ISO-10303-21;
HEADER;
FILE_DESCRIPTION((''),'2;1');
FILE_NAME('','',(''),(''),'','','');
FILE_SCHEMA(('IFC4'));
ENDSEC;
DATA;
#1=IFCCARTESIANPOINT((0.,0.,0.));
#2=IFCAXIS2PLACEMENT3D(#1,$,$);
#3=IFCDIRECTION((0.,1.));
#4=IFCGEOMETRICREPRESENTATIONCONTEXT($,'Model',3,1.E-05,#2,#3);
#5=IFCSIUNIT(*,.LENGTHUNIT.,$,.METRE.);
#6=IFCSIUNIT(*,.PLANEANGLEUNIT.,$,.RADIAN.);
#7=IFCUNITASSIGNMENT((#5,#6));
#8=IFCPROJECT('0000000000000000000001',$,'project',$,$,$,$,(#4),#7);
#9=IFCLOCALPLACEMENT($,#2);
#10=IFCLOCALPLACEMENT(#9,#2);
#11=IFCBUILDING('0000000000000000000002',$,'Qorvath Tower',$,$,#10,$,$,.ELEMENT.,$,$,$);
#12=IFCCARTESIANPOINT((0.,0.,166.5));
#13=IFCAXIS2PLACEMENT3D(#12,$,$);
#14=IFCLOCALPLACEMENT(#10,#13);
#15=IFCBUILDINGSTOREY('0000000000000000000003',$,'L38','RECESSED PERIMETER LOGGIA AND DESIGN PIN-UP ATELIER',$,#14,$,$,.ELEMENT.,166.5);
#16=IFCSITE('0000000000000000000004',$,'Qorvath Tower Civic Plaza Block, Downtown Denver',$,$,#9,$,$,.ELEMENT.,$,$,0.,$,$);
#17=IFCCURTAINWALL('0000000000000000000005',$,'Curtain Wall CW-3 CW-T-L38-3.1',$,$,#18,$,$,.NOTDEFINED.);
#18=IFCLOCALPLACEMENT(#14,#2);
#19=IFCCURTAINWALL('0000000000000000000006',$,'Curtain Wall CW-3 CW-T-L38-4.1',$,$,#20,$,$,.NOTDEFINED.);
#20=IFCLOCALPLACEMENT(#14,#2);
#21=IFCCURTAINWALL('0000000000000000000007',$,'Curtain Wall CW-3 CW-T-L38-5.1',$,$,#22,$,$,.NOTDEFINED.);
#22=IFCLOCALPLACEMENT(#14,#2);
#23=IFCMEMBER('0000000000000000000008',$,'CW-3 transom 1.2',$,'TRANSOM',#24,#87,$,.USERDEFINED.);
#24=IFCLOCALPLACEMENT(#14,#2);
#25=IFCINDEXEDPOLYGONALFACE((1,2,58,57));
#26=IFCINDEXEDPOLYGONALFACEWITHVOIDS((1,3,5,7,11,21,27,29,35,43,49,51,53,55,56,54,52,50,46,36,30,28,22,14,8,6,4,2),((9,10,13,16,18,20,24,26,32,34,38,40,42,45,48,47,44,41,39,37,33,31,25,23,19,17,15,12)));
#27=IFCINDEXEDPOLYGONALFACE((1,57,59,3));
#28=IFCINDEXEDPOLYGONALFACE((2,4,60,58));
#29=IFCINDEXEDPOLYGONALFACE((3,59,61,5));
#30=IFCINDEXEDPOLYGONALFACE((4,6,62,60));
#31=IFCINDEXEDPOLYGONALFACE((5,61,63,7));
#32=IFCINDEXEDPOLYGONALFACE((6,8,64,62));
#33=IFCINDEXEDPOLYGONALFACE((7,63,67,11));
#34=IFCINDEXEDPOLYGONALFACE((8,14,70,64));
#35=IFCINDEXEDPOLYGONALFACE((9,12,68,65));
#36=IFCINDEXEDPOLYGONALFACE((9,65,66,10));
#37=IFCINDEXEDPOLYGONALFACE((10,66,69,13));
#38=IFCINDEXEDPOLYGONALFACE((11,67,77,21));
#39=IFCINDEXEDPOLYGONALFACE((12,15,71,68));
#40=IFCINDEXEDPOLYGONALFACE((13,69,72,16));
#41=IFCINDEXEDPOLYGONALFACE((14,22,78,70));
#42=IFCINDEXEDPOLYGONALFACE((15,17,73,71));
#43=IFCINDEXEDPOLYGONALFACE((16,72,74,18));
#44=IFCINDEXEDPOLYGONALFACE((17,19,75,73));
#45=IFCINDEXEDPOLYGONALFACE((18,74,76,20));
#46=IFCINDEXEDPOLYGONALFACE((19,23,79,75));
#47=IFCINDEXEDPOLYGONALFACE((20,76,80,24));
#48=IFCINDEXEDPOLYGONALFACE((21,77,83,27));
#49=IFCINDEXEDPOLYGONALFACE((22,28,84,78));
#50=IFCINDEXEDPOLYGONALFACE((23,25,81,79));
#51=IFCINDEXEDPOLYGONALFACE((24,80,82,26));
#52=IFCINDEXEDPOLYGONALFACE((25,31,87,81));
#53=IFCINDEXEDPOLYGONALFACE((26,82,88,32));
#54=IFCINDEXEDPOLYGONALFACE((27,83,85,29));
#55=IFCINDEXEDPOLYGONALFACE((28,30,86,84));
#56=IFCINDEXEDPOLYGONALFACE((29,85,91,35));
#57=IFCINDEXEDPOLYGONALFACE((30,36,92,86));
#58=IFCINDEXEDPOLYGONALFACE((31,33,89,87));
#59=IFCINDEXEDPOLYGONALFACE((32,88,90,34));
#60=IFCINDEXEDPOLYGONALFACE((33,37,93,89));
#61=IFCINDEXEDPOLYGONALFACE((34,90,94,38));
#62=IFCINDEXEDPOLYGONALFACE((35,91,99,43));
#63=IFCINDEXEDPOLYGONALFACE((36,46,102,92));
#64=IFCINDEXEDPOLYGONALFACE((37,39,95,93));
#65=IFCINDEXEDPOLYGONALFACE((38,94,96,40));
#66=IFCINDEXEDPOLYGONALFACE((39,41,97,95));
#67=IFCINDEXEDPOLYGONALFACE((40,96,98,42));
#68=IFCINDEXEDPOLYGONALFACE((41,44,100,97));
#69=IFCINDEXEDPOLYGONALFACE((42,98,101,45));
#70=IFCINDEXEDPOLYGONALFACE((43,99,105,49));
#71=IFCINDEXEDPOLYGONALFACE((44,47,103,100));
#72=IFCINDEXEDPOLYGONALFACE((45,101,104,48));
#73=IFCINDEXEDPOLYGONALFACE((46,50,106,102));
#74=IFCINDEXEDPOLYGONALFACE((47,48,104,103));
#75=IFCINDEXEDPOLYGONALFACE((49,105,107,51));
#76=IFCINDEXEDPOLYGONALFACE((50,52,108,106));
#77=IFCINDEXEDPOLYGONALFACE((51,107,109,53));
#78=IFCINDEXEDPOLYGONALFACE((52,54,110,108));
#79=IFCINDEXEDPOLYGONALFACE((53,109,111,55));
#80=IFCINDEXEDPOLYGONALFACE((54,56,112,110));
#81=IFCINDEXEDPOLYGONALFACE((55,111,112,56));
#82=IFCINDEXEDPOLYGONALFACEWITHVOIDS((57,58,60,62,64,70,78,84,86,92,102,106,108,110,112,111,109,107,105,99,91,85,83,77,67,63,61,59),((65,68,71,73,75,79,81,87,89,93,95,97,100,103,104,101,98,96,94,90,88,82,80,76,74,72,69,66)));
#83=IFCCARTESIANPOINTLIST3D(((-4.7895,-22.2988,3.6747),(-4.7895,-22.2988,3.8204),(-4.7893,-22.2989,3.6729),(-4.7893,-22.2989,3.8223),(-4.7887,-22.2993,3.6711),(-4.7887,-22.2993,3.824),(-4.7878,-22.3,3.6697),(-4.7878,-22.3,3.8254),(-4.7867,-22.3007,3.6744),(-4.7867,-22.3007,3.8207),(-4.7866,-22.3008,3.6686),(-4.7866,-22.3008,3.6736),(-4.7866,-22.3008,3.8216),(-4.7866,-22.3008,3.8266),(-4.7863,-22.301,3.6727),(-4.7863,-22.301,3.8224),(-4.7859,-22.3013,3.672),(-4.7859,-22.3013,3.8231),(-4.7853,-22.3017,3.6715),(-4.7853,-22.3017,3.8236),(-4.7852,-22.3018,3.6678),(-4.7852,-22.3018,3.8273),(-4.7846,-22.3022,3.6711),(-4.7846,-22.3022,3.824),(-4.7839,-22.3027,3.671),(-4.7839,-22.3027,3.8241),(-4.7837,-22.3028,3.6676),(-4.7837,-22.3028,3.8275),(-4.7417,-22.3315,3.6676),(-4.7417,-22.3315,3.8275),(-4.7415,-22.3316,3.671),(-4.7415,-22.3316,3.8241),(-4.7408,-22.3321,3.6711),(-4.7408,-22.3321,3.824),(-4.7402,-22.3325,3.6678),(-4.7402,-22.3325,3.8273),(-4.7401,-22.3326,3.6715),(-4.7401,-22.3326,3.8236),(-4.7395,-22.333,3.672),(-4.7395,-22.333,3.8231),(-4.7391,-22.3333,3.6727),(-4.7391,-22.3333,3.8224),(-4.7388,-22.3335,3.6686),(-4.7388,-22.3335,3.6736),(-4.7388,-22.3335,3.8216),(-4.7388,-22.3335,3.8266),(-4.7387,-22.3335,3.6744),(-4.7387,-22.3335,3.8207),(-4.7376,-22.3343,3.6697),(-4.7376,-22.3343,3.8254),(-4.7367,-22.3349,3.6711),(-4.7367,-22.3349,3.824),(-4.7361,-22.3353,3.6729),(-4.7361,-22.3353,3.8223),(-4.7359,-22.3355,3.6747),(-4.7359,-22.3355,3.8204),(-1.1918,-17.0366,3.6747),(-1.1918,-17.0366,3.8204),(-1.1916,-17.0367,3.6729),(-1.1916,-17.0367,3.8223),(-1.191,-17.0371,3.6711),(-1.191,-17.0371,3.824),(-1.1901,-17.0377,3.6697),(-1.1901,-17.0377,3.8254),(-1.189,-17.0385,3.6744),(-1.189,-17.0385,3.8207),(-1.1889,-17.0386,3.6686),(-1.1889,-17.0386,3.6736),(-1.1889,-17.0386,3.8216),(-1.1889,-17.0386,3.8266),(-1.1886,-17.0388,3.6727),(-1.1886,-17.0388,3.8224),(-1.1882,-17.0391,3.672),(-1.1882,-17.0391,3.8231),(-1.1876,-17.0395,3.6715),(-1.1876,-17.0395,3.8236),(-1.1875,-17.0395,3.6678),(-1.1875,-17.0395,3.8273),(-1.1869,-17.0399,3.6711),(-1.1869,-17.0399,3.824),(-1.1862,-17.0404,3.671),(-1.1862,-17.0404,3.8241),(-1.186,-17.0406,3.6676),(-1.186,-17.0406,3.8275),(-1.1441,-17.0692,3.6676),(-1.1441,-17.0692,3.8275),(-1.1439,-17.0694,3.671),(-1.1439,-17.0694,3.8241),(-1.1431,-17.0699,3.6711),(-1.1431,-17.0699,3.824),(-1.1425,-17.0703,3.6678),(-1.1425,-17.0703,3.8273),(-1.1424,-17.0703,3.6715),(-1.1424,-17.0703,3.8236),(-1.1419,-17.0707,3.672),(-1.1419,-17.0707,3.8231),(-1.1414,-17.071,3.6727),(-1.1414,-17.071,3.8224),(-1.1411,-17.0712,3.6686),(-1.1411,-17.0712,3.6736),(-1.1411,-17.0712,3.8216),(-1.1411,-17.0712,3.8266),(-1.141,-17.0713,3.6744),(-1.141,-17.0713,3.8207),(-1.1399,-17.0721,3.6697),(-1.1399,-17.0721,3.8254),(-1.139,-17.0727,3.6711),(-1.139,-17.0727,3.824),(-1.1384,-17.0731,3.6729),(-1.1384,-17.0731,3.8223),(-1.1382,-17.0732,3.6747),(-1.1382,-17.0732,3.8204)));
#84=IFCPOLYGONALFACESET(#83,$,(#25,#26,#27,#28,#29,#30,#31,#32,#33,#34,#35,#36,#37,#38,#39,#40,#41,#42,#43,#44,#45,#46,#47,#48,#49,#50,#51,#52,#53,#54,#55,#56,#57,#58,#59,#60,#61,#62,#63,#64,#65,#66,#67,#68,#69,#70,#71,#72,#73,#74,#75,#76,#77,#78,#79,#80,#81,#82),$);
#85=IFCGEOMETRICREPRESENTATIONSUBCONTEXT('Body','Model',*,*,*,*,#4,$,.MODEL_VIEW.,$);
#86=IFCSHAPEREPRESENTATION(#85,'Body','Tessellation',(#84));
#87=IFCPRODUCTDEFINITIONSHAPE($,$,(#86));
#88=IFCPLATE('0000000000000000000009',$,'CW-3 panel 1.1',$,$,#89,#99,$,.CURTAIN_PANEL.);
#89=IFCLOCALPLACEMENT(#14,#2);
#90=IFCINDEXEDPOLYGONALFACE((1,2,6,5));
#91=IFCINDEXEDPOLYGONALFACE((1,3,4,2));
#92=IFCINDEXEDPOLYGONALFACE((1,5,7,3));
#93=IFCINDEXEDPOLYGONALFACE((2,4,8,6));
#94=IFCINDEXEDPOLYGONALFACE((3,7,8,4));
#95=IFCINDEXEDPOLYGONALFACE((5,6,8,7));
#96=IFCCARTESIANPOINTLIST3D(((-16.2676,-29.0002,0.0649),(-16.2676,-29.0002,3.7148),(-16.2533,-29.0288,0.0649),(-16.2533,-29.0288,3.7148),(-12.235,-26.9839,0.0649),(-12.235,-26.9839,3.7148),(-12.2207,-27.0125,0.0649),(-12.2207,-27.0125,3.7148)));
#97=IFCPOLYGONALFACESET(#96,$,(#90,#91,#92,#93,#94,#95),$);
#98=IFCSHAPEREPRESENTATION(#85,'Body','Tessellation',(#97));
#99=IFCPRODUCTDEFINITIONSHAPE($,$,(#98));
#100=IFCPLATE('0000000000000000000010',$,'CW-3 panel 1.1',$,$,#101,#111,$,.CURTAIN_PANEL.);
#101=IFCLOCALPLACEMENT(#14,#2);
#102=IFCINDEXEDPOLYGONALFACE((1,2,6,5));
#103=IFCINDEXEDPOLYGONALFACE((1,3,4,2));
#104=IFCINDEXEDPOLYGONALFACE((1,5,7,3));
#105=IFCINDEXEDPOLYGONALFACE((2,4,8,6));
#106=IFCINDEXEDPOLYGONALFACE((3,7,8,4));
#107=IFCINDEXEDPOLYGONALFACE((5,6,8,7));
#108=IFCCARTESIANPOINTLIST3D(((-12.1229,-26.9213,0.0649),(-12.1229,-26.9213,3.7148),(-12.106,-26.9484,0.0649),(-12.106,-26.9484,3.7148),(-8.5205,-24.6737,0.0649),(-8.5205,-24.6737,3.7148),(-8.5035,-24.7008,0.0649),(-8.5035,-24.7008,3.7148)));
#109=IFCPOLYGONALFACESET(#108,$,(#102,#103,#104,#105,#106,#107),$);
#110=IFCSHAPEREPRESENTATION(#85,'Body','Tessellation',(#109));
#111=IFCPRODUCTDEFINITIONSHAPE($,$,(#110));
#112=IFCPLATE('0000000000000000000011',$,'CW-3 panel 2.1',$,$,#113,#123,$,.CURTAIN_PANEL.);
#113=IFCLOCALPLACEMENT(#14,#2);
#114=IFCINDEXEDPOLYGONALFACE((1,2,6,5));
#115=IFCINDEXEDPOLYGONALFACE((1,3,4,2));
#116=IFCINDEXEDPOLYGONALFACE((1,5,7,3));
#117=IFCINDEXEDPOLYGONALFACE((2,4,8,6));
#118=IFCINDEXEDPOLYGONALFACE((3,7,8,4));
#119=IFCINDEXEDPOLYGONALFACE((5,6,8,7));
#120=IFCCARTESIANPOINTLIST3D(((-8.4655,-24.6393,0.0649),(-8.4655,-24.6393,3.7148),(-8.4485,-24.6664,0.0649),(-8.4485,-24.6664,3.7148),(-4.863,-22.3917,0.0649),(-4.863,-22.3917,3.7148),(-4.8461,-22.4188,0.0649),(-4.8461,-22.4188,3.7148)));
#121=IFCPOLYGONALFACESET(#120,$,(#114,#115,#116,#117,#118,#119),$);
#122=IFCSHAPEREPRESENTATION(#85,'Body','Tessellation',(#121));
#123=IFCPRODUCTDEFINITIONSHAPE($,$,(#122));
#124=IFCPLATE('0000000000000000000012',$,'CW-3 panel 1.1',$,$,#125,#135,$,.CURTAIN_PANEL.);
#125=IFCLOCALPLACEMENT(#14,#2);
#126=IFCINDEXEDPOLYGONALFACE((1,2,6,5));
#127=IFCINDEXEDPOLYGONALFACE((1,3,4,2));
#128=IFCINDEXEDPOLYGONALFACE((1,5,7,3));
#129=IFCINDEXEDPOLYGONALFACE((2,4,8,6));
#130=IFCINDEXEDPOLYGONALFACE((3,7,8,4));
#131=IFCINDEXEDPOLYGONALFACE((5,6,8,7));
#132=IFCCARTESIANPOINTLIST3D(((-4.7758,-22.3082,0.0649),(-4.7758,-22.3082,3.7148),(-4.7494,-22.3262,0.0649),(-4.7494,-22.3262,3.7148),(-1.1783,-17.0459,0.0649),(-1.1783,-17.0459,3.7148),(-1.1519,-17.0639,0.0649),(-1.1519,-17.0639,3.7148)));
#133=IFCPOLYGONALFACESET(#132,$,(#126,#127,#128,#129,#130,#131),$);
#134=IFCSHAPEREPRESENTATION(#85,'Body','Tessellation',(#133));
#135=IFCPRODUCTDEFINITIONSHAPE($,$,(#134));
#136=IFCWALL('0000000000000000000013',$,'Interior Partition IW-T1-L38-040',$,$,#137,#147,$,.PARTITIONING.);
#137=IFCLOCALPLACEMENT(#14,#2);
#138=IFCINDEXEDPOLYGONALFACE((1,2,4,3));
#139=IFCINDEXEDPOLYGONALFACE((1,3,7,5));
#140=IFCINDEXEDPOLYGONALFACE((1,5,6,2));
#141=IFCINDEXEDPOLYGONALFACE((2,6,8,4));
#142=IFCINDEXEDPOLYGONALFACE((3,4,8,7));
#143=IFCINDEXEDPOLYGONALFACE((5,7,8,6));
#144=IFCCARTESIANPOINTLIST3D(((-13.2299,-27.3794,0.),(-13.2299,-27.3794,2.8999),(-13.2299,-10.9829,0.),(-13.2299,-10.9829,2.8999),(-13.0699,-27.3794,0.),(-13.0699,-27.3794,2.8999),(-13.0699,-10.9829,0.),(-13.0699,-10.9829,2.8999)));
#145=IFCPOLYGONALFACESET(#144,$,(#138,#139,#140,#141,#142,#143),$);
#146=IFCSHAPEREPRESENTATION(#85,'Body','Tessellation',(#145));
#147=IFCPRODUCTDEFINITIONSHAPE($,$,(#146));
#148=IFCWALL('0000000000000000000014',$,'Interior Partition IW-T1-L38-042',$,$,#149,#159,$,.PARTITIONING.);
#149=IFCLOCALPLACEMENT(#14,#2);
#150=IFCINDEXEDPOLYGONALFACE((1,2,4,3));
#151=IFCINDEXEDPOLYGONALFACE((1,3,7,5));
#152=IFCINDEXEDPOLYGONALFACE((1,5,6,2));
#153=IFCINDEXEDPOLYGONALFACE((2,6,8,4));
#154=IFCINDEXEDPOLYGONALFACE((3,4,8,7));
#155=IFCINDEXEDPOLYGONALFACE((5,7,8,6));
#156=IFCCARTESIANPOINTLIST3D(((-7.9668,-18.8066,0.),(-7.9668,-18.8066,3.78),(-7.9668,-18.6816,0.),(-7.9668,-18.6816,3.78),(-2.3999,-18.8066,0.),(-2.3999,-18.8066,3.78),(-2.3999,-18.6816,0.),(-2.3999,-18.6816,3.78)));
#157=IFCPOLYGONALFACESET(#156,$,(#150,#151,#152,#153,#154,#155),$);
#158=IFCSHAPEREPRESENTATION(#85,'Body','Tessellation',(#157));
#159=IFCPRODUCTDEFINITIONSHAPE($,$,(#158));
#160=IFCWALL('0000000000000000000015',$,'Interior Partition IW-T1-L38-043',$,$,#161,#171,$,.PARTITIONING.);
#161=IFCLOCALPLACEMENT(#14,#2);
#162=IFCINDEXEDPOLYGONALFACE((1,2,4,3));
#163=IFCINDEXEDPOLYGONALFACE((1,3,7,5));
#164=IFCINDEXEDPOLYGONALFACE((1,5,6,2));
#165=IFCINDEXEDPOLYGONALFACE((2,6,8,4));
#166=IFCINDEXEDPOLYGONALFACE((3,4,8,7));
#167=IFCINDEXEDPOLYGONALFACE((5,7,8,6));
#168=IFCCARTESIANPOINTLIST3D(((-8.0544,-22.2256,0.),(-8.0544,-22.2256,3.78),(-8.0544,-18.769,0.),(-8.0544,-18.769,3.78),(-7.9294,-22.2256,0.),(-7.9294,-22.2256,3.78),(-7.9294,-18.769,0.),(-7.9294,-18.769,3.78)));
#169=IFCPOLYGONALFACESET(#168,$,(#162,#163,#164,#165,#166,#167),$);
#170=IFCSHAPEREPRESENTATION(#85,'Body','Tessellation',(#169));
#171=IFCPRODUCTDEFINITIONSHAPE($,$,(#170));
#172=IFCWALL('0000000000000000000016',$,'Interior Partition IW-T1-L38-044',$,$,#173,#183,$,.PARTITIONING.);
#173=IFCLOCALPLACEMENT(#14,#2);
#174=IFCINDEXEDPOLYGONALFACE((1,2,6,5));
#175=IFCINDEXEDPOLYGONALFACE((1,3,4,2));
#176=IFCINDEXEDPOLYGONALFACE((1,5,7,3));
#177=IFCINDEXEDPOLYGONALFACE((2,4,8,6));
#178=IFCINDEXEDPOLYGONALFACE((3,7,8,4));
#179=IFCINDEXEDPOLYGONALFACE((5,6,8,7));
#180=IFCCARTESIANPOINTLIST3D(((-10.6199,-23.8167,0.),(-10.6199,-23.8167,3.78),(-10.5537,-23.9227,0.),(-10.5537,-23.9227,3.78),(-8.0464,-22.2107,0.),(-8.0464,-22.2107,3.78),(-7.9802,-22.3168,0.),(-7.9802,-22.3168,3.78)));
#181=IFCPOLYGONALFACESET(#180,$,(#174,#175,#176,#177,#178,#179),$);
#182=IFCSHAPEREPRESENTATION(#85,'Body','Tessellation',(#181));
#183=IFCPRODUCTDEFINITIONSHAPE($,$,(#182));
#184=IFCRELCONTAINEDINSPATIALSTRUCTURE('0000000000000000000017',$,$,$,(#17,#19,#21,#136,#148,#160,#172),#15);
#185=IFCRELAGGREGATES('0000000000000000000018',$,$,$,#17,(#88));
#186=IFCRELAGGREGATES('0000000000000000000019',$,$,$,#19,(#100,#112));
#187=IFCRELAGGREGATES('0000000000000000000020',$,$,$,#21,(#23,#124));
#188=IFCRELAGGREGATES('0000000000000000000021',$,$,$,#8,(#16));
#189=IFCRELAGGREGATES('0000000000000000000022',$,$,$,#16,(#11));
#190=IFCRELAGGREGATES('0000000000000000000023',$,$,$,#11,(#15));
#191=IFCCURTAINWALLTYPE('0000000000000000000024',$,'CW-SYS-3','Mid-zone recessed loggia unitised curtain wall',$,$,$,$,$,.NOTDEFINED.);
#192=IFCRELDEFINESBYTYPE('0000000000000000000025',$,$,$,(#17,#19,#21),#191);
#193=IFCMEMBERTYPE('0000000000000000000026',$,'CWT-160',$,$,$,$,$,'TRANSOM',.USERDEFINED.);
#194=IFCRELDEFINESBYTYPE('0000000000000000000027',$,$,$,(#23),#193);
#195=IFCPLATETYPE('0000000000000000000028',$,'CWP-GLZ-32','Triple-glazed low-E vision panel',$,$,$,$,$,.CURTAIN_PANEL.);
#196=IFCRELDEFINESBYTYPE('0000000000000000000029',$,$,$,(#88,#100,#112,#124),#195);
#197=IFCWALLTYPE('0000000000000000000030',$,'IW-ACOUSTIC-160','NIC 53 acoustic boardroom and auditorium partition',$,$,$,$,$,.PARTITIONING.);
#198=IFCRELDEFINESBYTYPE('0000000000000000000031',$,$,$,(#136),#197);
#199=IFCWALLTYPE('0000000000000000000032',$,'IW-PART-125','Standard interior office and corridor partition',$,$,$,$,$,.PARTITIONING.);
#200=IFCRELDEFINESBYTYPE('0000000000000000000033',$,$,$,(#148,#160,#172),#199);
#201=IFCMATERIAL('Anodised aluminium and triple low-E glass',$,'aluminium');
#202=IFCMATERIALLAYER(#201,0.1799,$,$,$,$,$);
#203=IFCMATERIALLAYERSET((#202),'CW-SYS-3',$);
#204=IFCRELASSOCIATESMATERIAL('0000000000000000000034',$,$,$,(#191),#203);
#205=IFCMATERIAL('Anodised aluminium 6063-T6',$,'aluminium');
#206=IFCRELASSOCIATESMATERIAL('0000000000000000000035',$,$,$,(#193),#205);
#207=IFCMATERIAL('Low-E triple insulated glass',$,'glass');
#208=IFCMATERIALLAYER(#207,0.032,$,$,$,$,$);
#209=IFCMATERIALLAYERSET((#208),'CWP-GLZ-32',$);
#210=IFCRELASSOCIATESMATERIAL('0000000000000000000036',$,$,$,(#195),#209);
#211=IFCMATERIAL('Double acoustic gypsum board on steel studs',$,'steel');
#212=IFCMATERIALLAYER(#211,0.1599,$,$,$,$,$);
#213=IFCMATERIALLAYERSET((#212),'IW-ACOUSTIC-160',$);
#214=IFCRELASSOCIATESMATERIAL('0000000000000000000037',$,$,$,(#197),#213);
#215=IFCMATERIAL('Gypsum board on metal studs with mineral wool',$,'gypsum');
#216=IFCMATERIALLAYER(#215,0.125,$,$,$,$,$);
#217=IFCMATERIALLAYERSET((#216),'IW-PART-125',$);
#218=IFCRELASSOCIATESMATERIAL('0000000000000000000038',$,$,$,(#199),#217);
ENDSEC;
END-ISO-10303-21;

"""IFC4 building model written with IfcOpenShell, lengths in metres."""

from ifc_helpers import new_model, si_unit, direction, frame, frame_2d, origin, origin_2d, place, context, subcontext, project, spatial, rectangle, hollow_rectangle, extrude, material, layer, layer_set, material_profile, profile_set, type_object, element, aggregate, save


model = new_model("IFC4")

# Units and contexts
model_context = context("Model", 3, precision=1e-05, world=origin(), true_north=direction((0.0, 1.0)))
body_context = subcontext(model_context, "Body", "Model", "MODEL_VIEW")
ifc_project = project(units=[si_unit("LENGTHUNIT", "METRE"), si_unit("PLANEANGLEUNIT", "RADIAN")], contexts=[model_context])

# Site, building, storey
site_placement = place(None, origin())
site = spatial("IfcSite", under=ifc_project, at=site_placement, Name="Qorvath Tower Civic Plaza Block, Downtown Denver", CompositionType="ELEMENT", RefElevation=0.0)
building_placement = place(site_placement, origin())
building = spatial("IfcBuilding", under=site, at=building_placement, Name="Qorvath Tower", CompositionType="ELEMENT")
storey_placement = place(building_placement, frame((0.0, 0.0, 166.5)))
storey = spatial("IfcBuildingStorey", under=building, at=storey_placement, Name="L38", Description="RECESSED PERIMETER LOGGIA AND DESIGN PIN-UP ATELIER", CompositionType="ELEMENT", Elevation=166.5)

# Shared definitions
ifc_material_1 = material(Name="Anodised aluminium and triple low-E glass", Category="aluminium")
ifc_layer_1 = layer(ifc_material_1, 0.1799)
ifc_layer_set_1 = layer_set([ifc_layer_1], Name="CW-SYS-3")
curtain_wall_type = type_object("IfcCurtainWallType", Name="CW-SYS-3", Description="Mid-zone recessed loggia unitised curtain wall", PredefinedType="NOTDEFINED", material=ifc_layer_set_1)

# Curtain walls
curtain_wall_1_placement = place(storey_placement, origin())
curtain_wall_1 = element("IfcCurtainWall", 1, at=curtain_wall_1_placement, inside=storey, type_object=curtain_wall_type, Name="Curtain Wall CW-3 CW-T-L38-3.1", PredefinedType="NOTDEFINED")
curtain_wall_2_placement = place(storey_placement, origin())
curtain_wall_2 = element("IfcCurtainWall", 2, at=curtain_wall_2_placement, inside=storey, type_object=curtain_wall_type, Name="Curtain Wall CW-3 CW-T-L38-4.1", PredefinedType="NOTDEFINED")

# Curtain wall
curtain_wall_3_placement = place(storey_placement, origin())
curtain_wall_3 = element("IfcCurtainWall", 3, at=curtain_wall_3_placement, inside=storey, type_object=curtain_wall_type, Name="Curtain Wall CW-3 CW-T-L38-5.1", PredefinedType="NOTDEFINED")

# Member
ifc_material_2 = material(Name="Anodised aluminium 6063-T6", Category="aluminium")
ifc_material_profile_1 = material_profile(ifc_material_2, hollow_rectangle(XDim=0.0649, YDim=0.1599, WallThickness=0.0034, InnerFilletRadius=0.0034, OuterFilletRadius=0.0071, at=origin_2d()), Name="CWT 160x65")
ifc_profile_set_1 = profile_set([ifc_material_profile_1], Name="Anodised aluminium 6063-T6")
member_type_1 = type_object("IfcMemberType", Name="CWT-160", ElementType="TRANSOM", PredefinedType="USERDEFINED", material=ifc_profile_set_1)
member_1_placement = place(storey_placement, frame((-4.7627, -22.3171, 3.7476), z_axis=(0.564385, 0.825512, 0.0), x_axis=(-0.825512, 0.564385, 0.0)))
member_1 = element("IfcMember", 4, at=member_1_placement, type_object=member_type_1, Name="CW-3 transom 1.2", ObjectType="TRANSOM", PredefinedType="USERDEFINED", context=body_context, shape_type="SweptSolid", body=[
    extrude(hollow_rectangle(XDim=0.0649, YDim=0.1599, WallThickness=0.0034, InnerFilletRadius=0.0034, OuterFilletRadius=0.0071, at=origin_2d()), origin(), (0.0, 0.0, 1.0), 6.3745),
])

# Plates
ifc_material_3 = material(Name="Low-E triple insulated glass", Category="glass")
ifc_layer_2 = layer(ifc_material_3, 0.032)
ifc_layer_set_2 = layer_set([ifc_layer_2], Name="CWP-GLZ-32")
plate_type = type_object("IfcPlateType", Name="CWP-GLZ-32", Description="Triple-glazed low-E vision panel", PredefinedType="CURTAIN_PANEL", material=ifc_layer_set_2)
plate_1_placement = place(storey_placement, frame((-14.2441, -28.0063, 0.0649), z_axis=(0.0, 0.0, 1.0), x_axis=(0.894423, 0.447222, 0.0)))
plate_1 = element("IfcPlate", 5, at=plate_1_placement, type_object=plate_type, Name="CW-3 panel 1.1", PredefinedType="CURTAIN_PANEL", context=body_context, shape_type="SweptSolid", body=[
    extrude(rectangle(XDim=4.5085, YDim=0.032, at=origin_2d()), origin(), (0.0, 0.0, 1.0), 3.6499),
])
aggregate(curtain_wall_1, [plate_1])
plate_2_placement = place(storey_placement, frame((-10.3132, -25.811, 0.0649), z_axis=(0.0, 0.0, 1.0), x_axis=(0.848417, 0.529328, 0.0)))
plate_2 = element("IfcPlate", 6, at=plate_2_placement, type_object=plate_type, Name="CW-3 panel 1.1", PredefinedType="CURTAIN_PANEL", context=body_context, shape_type="SweptSolid", body=[
    extrude(rectangle(XDim=4.2461, YDim=0.032, at=origin_2d()), origin(), (0.0, 0.0, 1.0), 3.6499),
])
plate_3_placement = place(storey_placement, frame((-6.6558, -23.5291, 0.0649), z_axis=(0.0, 0.0, 1.0), x_axis=(0.848417, 0.529328, 0.0)))
plate_3 = element("IfcPlate", 7, at=plate_3_placement, type_object=plate_type, Name="CW-3 panel 2.1", PredefinedType="CURTAIN_PANEL", context=body_context, shape_type="SweptSolid", body=[
    extrude(rectangle(XDim=4.2461, YDim=0.032, at=origin_2d()), origin(), (0.0, 0.0, 1.0), 3.6499),
])
aggregate(curtain_wall_2, [plate_2, plate_3])
plate_4_placement = place(storey_placement, frame((-2.9639, -19.686, 0.0649), z_axis=(0.0, 0.0, 1.0), x_axis=(0.564366, 0.825525, 0.0)))
plate_4 = element("IfcPlate", 8, at=plate_4_placement, type_object=plate_type, Name="CW-3 panel 1.1", PredefinedType="CURTAIN_PANEL", context=body_context, shape_type="SweptSolid", body=[
    extrude(rectangle(XDim=6.3745, YDim=0.032, at=origin_2d()), origin(), (0.0, 0.0, 1.0), 3.6499),
])
aggregate(curtain_wall_3, [member_1, plate_4])

# Walls
ifc_material_4 = material(Name="Double acoustic gypsum board on steel studs", Category="steel")
ifc_layer_3 = layer(ifc_material_4, 0.1599)
ifc_layer_set_3 = layer_set([ifc_layer_3], Name="IW-ACOUSTIC-160")
wall_type_1 = type_object("IfcWallType", Name="IW-ACOUSTIC-160", Description="NIC 53 acoustic boardroom and auditorium partition", PredefinedType="PARTITIONING", material=ifc_layer_set_3)
wall_1_placement = place(storey_placement, frame((-13.1499, -27.3794, 0.0), z_axis=(0.0, 0.0, 1.0), x_axis=(0.0, 1.0, 0.0)))
element("IfcWall", 9, at=wall_1_placement, inside=storey, type_object=wall_type_1, Name="Interior Partition IW-T1-L38-040", PredefinedType="PARTITIONING", context=body_context, shape_type="SweptSolid", body=[
    extrude(rectangle(XDim=16.3965, YDim=0.1599, at=frame_2d((8.1982, 0.0))), origin(), (0.0, 0.0, 1.0), 2.8999),
])
ifc_material_5 = material(Name="Gypsum board on metal studs with mineral wool", Category="gypsum")
ifc_layer_4 = layer(ifc_material_5, 0.125)
ifc_layer_set_4 = layer_set([ifc_layer_4], Name="IW-PART-125")
wall_type_2 = type_object("IfcWallType", Name="IW-PART-125", Description="Standard interior office and corridor partition", PredefinedType="PARTITIONING", material=ifc_layer_set_4)
wall_2_placement = place(storey_placement, frame((-2.3999, -18.7441, 0.0), z_axis=(0.0, 0.0, 1.0), x_axis=(-1.0, 0.0, 0.0)))
element("IfcWall", 10, at=wall_2_placement, inside=storey, type_object=wall_type_2, Name="Interior Partition IW-T1-L38-042", PredefinedType="PARTITIONING", context=body_context, shape_type="SweptSolid", body=[
    extrude(rectangle(XDim=5.5669, YDim=0.125, at=frame_2d((2.7834, 0.0))), origin(), (0.0, 0.0, 1.0), 3.78),
])
wall_3_placement = place(storey_placement, frame((-7.9919, -22.2256, 0.0), z_axis=(0.0, 0.0, 1.0), x_axis=(0.0, 1.0, 0.0)))
element("IfcWall", 11, at=wall_3_placement, inside=storey, type_object=wall_type_2, Name="Interior Partition IW-T1-L38-043", PredefinedType="PARTITIONING", context=body_context, shape_type="SweptSolid", body=[
    extrude(rectangle(XDim=3.4565, YDim=0.125, at=frame_2d((1.7283, 0.0))), origin(), (0.0, 0.0, 1.0), 3.78),
])
wall_4_placement = place(storey_placement, frame((-10.5867, -23.8696, 0.0), z_axis=(0.0, 0.0, 1.0), x_axis=(0.848364, 0.529413, 0.0)))
element("IfcWall", 12, at=wall_4_placement, inside=storey, type_object=wall_type_2, Name="Interior Partition IW-T1-L38-044", PredefinedType="PARTITIONING", context=body_context, shape_type="SweptSolid", body=[
    extrude(rectangle(XDim=3.0334, YDim=0.125, at=frame_2d((1.5166, 0.0))), origin(), (0.0, 0.0, 1.0), 3.78),
])

save(model, "model.ifc")
